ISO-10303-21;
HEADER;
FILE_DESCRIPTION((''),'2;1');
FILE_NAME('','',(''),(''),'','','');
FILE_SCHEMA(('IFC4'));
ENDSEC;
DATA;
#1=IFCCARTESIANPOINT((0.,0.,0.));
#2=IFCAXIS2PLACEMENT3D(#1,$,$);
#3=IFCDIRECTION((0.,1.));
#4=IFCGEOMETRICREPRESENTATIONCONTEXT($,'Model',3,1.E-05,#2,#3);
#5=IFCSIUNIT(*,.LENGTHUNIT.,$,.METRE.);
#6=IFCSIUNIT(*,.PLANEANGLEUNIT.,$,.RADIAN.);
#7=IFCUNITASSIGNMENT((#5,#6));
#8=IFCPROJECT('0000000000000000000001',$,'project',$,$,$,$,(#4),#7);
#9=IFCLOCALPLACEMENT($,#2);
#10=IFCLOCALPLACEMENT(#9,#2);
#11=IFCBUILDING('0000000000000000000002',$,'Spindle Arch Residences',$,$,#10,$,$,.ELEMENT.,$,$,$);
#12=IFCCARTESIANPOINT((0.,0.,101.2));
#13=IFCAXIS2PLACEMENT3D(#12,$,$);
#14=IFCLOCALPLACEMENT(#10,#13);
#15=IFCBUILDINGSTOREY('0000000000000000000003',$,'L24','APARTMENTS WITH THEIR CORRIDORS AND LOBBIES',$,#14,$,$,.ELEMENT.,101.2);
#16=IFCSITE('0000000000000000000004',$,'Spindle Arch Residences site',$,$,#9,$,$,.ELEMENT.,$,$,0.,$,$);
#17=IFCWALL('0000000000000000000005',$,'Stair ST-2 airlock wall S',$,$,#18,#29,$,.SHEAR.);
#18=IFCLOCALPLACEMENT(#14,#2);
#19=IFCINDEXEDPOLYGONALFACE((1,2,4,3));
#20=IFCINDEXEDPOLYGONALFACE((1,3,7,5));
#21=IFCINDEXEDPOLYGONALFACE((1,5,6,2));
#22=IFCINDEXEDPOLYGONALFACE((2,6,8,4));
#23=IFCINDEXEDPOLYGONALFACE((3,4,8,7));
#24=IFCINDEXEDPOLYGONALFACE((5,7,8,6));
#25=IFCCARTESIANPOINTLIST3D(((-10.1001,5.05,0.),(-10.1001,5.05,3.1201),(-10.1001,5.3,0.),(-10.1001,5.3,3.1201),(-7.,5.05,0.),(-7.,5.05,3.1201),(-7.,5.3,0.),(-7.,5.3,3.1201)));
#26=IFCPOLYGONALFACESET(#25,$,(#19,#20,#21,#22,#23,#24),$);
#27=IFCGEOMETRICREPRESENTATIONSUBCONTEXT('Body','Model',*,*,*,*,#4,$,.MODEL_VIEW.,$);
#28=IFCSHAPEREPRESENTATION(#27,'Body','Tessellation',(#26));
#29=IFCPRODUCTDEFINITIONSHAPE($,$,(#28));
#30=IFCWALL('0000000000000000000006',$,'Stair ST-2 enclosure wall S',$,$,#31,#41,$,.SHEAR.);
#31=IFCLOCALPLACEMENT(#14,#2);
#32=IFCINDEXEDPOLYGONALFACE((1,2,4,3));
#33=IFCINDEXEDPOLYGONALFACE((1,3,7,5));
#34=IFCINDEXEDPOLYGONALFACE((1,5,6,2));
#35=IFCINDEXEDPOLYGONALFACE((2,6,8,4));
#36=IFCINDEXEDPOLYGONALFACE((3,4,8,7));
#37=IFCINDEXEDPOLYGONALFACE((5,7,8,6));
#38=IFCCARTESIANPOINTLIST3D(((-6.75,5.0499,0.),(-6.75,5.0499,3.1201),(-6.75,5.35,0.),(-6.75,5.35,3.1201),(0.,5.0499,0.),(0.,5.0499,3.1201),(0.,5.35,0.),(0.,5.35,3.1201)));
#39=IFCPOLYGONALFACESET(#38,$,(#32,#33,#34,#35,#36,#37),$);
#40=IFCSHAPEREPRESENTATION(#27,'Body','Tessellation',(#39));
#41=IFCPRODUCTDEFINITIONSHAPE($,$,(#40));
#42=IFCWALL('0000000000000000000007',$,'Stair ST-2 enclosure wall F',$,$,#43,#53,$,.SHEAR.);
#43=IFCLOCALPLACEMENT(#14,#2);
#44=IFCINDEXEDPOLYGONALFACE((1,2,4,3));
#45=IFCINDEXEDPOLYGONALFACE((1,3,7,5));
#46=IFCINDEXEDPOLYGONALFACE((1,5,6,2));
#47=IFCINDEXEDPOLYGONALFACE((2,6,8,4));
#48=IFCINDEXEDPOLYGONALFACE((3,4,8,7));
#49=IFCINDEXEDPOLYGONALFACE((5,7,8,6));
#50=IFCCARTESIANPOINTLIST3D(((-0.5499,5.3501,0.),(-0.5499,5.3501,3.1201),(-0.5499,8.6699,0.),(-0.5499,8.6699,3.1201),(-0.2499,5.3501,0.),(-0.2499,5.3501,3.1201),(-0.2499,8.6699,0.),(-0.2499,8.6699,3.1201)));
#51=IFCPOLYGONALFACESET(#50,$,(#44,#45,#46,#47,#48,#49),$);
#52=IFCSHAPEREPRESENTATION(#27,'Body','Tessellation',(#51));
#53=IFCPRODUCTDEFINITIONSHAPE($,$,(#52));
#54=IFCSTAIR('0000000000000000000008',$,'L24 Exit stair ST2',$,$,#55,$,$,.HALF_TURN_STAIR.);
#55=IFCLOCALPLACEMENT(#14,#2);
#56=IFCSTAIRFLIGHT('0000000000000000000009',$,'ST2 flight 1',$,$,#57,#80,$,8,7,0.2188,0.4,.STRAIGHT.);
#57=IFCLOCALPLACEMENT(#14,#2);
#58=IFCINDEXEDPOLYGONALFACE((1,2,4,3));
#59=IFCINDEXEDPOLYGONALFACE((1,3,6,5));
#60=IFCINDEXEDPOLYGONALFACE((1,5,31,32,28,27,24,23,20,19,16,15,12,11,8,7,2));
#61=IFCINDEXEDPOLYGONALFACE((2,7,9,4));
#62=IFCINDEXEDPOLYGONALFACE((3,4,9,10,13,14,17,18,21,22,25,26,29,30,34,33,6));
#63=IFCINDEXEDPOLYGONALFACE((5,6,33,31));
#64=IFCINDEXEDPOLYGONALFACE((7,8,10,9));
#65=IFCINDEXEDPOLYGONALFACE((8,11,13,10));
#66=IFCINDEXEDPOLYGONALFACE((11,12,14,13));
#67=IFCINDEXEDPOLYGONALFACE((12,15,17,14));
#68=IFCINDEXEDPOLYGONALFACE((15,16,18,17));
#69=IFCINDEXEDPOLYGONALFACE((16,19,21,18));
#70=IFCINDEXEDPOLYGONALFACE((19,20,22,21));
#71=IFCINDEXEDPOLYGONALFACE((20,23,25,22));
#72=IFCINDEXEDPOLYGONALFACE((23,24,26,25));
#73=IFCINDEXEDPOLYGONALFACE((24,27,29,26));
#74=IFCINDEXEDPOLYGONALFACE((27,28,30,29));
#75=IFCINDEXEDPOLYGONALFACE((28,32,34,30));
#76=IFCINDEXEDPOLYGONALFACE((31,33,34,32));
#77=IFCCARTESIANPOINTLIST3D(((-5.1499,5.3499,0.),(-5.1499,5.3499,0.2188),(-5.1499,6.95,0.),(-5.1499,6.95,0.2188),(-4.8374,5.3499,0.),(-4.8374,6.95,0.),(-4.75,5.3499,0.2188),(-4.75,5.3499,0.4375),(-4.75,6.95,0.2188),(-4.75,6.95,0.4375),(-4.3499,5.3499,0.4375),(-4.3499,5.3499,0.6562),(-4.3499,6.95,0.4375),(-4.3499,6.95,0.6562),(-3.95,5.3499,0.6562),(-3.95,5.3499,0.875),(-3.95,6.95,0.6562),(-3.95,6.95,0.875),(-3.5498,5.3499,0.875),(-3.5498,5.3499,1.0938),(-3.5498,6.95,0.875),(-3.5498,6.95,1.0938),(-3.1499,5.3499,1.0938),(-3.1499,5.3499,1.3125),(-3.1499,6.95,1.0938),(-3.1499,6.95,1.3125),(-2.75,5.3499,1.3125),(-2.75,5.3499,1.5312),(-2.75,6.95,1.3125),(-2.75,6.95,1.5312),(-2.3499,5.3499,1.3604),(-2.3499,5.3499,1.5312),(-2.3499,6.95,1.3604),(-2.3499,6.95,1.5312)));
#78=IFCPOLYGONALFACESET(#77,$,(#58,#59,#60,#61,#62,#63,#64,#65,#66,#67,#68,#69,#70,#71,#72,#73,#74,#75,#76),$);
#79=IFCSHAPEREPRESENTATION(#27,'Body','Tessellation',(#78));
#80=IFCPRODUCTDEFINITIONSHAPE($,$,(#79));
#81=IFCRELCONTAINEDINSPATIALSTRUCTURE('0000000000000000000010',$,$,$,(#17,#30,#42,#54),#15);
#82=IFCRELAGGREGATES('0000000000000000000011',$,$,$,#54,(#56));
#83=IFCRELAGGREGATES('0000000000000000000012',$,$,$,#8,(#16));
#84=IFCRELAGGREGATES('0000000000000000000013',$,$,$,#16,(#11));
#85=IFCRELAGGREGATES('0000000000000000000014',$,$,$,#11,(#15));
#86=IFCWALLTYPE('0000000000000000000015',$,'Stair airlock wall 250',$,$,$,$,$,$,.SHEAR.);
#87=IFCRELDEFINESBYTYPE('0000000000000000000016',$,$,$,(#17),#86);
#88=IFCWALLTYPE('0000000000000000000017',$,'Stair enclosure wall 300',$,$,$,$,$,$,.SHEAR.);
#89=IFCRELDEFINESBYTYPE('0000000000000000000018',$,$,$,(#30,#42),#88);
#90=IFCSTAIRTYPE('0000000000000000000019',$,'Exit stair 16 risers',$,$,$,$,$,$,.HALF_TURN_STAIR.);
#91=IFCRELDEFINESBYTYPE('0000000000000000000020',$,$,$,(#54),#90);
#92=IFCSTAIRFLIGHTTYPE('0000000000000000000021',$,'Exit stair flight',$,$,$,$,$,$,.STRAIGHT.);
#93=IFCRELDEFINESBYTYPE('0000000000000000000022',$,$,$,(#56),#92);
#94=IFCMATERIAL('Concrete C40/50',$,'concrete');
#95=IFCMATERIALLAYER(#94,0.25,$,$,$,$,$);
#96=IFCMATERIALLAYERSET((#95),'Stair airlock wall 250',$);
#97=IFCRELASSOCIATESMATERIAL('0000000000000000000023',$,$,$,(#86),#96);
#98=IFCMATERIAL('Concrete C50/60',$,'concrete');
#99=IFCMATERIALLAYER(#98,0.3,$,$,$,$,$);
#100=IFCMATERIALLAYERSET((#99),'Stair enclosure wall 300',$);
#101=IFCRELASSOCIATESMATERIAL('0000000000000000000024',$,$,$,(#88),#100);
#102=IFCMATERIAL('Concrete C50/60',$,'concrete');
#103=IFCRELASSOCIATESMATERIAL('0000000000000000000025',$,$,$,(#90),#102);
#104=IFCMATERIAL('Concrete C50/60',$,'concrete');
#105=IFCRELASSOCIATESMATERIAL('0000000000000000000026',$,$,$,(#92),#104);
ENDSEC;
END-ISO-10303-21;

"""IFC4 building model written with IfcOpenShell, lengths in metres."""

from ifc_helpers import new_model, si_unit, direction, frame, frame_2d, origin, place, context, subcontext, project, spatial, polyline, rectangle, outline, extrude, material, layer, layer_set, type_object, element, aggregate, save


model = new_model("IFC4")

# Units and contexts
model_context = context("Model", 3, precision=1e-05, world=origin(), true_north=direction((0.0, 1.0)))
body_context = subcontext(model_context, "Body", "Model", "MODEL_VIEW")
ifc_project = project(units=[si_unit("LENGTHUNIT", "METRE"), si_unit("PLANEANGLEUNIT", "RADIAN")], contexts=[model_context])

# Site, building, storey
site_placement = place(None, origin())
site = spatial("IfcSite", under=ifc_project, at=site_placement, Name="Spindle Arch Residences site", CompositionType="ELEMENT", RefElevation=0.0)
building_placement = place(site_placement, origin())
building = spatial("IfcBuilding", under=site, at=building_placement, Name="Spindle Arch Residences", CompositionType="ELEMENT")
storey_placement = place(building_placement, frame((0.0, 0.0, 101.2)))
storey = spatial("IfcBuildingStorey", under=building, at=storey_placement, Name="L24", Description="APARTMENTS WITH THEIR CORRIDORS AND LOBBIES", CompositionType="ELEMENT", Elevation=101.2)

# Walls
ifc_material_1 = material(Name="Concrete C40/50", Category="concrete")
ifc_layer_1 = layer(ifc_material_1, 0.25)
ifc_layer_set_1 = layer_set([ifc_layer_1], Name="Stair airlock wall 250")
wall_type_1 = type_object("IfcWallType", Name="Stair airlock wall 250", PredefinedType="SHEAR", material=ifc_layer_set_1)
wall_1_placement = place(storey_placement, frame((-7.0, 5.175, 0.0), z_axis=(0.0, 0.0, 1.0), x_axis=(-1.0, 0.0, 0.0)))
element("IfcWall", 1, at=wall_1_placement, inside=storey, type_object=wall_type_1, Name="Stair ST-2 airlock wall S", PredefinedType="SHEAR", context=body_context, shape_type="SweptSolid", body=[
    extrude(rectangle(XDim=3.1001, YDim=0.25, at=frame_2d((1.55, 0.0))), origin(), (0.0, 0.0, 1.0), 3.1201),
])
ifc_material_2 = material(Name="Concrete C50/60", Category="concrete")
ifc_layer_2 = layer(ifc_material_2, 0.3)
ifc_layer_set_2 = layer_set([ifc_layer_2], Name="Stair enclosure wall 300")
wall_type_2 = type_object("IfcWallType", Name="Stair enclosure wall 300", PredefinedType="SHEAR", material=ifc_layer_set_2)
wall_2_placement = place(storey_placement, frame((-6.75, 5.2, 0.0), z_axis=(0.0, 0.0, 1.0), x_axis=(1.0, 0.0, 0.0)))
element("IfcWall", 2, at=wall_2_placement, inside=storey, type_object=wall_type_2, Name="Stair ST-2 enclosure wall S", PredefinedType="SHEAR", context=body_context, shape_type="SweptSolid", body=[
    extrude(rectangle(XDim=6.75, YDim=0.3, at=frame_2d((3.375, 0.0))), origin(), (0.0, 0.0, 1.0), 3.1201),
])
wall_3_placement = place(storey_placement, frame((-0.3999, 5.3501, 0.0), z_axis=(0.0, 0.0, 1.0), x_axis=(0.0, 1.0, 0.0)))
element("IfcWall", 3, at=wall_3_placement, inside=storey, type_object=wall_type_2, Name="Stair ST-2 enclosure wall F", PredefinedType="SHEAR", context=body_context, shape_type="SweptSolid", body=[
    extrude(rectangle(XDim=3.3198, YDim=0.3, at=frame_2d((1.6599, 0.0))), origin(), (0.0, 0.0, 1.0), 3.1201),
])

# Stair, stair flight
ifc_material_3 = material(Name="Concrete C50/60", Category="concrete")
stair_type = type_object("IfcStairType", Name="Exit stair 16 risers", PredefinedType="HALF_TURN_STAIR", material=ifc_material_3)
stair_placement = place(storey_placement, origin())
stair = element("IfcStair", 4, at=stair_placement, inside=storey, type_object=stair_type, Name="L24 Exit stair ST2", PredefinedType="HALF_TURN_STAIR")
ifc_material_4 = material(Name="Concrete C50/60", Category="concrete")
stair_flight_type = type_object("IfcStairFlightType", Name="Exit stair flight", PredefinedType="STRAIGHT", material=ifc_material_4)
stair_flight_placement = place(storey_placement, frame((-5.1499, 6.1499, 0.0), z_axis=(0.0, 0.0, 1.0), x_axis=(1.0, 0.0, 0.0)))
stair_flight = element("IfcStairFlight", 5, at=stair_flight_placement, type_object=stair_flight_type, Name="ST2 flight 1", NumberOfRisers=8, NumberOfTreads=7, PredefinedType="STRAIGHT", RiserHeight=0.2188, TreadLength=0.4, context=body_context, shape_type="SweptSolid", body=[
    extrude(outline(polyline([(0.0, 0.0), (0.0, 0.2188), (0.3999, 0.2188), (0.3999, 0.4375), (0.8, 0.4375), (0.8, 0.6562), (1.2, 0.6562), (1.2, 0.875), (1.6001, 0.875), (1.6001, 1.0938), (2.0, 1.0938), (2.0, 1.3125), (2.3999, 1.3125), (2.3999, 1.5312), (2.8, 1.5312), (2.8, 1.75), (2.8, 1.3604), (0.3125, 0.0), (0.0, 0.0)])), frame((0.0, 0.8, 0.0), z_axis=(0.0, -1.0, 0.0), x_axis=(1.0, 0.0, 0.0)), (0.0, 0.0, 1.0), 1.6001),
])
aggregate(stair, [stair_flight])

save(model, "model.ifc")
